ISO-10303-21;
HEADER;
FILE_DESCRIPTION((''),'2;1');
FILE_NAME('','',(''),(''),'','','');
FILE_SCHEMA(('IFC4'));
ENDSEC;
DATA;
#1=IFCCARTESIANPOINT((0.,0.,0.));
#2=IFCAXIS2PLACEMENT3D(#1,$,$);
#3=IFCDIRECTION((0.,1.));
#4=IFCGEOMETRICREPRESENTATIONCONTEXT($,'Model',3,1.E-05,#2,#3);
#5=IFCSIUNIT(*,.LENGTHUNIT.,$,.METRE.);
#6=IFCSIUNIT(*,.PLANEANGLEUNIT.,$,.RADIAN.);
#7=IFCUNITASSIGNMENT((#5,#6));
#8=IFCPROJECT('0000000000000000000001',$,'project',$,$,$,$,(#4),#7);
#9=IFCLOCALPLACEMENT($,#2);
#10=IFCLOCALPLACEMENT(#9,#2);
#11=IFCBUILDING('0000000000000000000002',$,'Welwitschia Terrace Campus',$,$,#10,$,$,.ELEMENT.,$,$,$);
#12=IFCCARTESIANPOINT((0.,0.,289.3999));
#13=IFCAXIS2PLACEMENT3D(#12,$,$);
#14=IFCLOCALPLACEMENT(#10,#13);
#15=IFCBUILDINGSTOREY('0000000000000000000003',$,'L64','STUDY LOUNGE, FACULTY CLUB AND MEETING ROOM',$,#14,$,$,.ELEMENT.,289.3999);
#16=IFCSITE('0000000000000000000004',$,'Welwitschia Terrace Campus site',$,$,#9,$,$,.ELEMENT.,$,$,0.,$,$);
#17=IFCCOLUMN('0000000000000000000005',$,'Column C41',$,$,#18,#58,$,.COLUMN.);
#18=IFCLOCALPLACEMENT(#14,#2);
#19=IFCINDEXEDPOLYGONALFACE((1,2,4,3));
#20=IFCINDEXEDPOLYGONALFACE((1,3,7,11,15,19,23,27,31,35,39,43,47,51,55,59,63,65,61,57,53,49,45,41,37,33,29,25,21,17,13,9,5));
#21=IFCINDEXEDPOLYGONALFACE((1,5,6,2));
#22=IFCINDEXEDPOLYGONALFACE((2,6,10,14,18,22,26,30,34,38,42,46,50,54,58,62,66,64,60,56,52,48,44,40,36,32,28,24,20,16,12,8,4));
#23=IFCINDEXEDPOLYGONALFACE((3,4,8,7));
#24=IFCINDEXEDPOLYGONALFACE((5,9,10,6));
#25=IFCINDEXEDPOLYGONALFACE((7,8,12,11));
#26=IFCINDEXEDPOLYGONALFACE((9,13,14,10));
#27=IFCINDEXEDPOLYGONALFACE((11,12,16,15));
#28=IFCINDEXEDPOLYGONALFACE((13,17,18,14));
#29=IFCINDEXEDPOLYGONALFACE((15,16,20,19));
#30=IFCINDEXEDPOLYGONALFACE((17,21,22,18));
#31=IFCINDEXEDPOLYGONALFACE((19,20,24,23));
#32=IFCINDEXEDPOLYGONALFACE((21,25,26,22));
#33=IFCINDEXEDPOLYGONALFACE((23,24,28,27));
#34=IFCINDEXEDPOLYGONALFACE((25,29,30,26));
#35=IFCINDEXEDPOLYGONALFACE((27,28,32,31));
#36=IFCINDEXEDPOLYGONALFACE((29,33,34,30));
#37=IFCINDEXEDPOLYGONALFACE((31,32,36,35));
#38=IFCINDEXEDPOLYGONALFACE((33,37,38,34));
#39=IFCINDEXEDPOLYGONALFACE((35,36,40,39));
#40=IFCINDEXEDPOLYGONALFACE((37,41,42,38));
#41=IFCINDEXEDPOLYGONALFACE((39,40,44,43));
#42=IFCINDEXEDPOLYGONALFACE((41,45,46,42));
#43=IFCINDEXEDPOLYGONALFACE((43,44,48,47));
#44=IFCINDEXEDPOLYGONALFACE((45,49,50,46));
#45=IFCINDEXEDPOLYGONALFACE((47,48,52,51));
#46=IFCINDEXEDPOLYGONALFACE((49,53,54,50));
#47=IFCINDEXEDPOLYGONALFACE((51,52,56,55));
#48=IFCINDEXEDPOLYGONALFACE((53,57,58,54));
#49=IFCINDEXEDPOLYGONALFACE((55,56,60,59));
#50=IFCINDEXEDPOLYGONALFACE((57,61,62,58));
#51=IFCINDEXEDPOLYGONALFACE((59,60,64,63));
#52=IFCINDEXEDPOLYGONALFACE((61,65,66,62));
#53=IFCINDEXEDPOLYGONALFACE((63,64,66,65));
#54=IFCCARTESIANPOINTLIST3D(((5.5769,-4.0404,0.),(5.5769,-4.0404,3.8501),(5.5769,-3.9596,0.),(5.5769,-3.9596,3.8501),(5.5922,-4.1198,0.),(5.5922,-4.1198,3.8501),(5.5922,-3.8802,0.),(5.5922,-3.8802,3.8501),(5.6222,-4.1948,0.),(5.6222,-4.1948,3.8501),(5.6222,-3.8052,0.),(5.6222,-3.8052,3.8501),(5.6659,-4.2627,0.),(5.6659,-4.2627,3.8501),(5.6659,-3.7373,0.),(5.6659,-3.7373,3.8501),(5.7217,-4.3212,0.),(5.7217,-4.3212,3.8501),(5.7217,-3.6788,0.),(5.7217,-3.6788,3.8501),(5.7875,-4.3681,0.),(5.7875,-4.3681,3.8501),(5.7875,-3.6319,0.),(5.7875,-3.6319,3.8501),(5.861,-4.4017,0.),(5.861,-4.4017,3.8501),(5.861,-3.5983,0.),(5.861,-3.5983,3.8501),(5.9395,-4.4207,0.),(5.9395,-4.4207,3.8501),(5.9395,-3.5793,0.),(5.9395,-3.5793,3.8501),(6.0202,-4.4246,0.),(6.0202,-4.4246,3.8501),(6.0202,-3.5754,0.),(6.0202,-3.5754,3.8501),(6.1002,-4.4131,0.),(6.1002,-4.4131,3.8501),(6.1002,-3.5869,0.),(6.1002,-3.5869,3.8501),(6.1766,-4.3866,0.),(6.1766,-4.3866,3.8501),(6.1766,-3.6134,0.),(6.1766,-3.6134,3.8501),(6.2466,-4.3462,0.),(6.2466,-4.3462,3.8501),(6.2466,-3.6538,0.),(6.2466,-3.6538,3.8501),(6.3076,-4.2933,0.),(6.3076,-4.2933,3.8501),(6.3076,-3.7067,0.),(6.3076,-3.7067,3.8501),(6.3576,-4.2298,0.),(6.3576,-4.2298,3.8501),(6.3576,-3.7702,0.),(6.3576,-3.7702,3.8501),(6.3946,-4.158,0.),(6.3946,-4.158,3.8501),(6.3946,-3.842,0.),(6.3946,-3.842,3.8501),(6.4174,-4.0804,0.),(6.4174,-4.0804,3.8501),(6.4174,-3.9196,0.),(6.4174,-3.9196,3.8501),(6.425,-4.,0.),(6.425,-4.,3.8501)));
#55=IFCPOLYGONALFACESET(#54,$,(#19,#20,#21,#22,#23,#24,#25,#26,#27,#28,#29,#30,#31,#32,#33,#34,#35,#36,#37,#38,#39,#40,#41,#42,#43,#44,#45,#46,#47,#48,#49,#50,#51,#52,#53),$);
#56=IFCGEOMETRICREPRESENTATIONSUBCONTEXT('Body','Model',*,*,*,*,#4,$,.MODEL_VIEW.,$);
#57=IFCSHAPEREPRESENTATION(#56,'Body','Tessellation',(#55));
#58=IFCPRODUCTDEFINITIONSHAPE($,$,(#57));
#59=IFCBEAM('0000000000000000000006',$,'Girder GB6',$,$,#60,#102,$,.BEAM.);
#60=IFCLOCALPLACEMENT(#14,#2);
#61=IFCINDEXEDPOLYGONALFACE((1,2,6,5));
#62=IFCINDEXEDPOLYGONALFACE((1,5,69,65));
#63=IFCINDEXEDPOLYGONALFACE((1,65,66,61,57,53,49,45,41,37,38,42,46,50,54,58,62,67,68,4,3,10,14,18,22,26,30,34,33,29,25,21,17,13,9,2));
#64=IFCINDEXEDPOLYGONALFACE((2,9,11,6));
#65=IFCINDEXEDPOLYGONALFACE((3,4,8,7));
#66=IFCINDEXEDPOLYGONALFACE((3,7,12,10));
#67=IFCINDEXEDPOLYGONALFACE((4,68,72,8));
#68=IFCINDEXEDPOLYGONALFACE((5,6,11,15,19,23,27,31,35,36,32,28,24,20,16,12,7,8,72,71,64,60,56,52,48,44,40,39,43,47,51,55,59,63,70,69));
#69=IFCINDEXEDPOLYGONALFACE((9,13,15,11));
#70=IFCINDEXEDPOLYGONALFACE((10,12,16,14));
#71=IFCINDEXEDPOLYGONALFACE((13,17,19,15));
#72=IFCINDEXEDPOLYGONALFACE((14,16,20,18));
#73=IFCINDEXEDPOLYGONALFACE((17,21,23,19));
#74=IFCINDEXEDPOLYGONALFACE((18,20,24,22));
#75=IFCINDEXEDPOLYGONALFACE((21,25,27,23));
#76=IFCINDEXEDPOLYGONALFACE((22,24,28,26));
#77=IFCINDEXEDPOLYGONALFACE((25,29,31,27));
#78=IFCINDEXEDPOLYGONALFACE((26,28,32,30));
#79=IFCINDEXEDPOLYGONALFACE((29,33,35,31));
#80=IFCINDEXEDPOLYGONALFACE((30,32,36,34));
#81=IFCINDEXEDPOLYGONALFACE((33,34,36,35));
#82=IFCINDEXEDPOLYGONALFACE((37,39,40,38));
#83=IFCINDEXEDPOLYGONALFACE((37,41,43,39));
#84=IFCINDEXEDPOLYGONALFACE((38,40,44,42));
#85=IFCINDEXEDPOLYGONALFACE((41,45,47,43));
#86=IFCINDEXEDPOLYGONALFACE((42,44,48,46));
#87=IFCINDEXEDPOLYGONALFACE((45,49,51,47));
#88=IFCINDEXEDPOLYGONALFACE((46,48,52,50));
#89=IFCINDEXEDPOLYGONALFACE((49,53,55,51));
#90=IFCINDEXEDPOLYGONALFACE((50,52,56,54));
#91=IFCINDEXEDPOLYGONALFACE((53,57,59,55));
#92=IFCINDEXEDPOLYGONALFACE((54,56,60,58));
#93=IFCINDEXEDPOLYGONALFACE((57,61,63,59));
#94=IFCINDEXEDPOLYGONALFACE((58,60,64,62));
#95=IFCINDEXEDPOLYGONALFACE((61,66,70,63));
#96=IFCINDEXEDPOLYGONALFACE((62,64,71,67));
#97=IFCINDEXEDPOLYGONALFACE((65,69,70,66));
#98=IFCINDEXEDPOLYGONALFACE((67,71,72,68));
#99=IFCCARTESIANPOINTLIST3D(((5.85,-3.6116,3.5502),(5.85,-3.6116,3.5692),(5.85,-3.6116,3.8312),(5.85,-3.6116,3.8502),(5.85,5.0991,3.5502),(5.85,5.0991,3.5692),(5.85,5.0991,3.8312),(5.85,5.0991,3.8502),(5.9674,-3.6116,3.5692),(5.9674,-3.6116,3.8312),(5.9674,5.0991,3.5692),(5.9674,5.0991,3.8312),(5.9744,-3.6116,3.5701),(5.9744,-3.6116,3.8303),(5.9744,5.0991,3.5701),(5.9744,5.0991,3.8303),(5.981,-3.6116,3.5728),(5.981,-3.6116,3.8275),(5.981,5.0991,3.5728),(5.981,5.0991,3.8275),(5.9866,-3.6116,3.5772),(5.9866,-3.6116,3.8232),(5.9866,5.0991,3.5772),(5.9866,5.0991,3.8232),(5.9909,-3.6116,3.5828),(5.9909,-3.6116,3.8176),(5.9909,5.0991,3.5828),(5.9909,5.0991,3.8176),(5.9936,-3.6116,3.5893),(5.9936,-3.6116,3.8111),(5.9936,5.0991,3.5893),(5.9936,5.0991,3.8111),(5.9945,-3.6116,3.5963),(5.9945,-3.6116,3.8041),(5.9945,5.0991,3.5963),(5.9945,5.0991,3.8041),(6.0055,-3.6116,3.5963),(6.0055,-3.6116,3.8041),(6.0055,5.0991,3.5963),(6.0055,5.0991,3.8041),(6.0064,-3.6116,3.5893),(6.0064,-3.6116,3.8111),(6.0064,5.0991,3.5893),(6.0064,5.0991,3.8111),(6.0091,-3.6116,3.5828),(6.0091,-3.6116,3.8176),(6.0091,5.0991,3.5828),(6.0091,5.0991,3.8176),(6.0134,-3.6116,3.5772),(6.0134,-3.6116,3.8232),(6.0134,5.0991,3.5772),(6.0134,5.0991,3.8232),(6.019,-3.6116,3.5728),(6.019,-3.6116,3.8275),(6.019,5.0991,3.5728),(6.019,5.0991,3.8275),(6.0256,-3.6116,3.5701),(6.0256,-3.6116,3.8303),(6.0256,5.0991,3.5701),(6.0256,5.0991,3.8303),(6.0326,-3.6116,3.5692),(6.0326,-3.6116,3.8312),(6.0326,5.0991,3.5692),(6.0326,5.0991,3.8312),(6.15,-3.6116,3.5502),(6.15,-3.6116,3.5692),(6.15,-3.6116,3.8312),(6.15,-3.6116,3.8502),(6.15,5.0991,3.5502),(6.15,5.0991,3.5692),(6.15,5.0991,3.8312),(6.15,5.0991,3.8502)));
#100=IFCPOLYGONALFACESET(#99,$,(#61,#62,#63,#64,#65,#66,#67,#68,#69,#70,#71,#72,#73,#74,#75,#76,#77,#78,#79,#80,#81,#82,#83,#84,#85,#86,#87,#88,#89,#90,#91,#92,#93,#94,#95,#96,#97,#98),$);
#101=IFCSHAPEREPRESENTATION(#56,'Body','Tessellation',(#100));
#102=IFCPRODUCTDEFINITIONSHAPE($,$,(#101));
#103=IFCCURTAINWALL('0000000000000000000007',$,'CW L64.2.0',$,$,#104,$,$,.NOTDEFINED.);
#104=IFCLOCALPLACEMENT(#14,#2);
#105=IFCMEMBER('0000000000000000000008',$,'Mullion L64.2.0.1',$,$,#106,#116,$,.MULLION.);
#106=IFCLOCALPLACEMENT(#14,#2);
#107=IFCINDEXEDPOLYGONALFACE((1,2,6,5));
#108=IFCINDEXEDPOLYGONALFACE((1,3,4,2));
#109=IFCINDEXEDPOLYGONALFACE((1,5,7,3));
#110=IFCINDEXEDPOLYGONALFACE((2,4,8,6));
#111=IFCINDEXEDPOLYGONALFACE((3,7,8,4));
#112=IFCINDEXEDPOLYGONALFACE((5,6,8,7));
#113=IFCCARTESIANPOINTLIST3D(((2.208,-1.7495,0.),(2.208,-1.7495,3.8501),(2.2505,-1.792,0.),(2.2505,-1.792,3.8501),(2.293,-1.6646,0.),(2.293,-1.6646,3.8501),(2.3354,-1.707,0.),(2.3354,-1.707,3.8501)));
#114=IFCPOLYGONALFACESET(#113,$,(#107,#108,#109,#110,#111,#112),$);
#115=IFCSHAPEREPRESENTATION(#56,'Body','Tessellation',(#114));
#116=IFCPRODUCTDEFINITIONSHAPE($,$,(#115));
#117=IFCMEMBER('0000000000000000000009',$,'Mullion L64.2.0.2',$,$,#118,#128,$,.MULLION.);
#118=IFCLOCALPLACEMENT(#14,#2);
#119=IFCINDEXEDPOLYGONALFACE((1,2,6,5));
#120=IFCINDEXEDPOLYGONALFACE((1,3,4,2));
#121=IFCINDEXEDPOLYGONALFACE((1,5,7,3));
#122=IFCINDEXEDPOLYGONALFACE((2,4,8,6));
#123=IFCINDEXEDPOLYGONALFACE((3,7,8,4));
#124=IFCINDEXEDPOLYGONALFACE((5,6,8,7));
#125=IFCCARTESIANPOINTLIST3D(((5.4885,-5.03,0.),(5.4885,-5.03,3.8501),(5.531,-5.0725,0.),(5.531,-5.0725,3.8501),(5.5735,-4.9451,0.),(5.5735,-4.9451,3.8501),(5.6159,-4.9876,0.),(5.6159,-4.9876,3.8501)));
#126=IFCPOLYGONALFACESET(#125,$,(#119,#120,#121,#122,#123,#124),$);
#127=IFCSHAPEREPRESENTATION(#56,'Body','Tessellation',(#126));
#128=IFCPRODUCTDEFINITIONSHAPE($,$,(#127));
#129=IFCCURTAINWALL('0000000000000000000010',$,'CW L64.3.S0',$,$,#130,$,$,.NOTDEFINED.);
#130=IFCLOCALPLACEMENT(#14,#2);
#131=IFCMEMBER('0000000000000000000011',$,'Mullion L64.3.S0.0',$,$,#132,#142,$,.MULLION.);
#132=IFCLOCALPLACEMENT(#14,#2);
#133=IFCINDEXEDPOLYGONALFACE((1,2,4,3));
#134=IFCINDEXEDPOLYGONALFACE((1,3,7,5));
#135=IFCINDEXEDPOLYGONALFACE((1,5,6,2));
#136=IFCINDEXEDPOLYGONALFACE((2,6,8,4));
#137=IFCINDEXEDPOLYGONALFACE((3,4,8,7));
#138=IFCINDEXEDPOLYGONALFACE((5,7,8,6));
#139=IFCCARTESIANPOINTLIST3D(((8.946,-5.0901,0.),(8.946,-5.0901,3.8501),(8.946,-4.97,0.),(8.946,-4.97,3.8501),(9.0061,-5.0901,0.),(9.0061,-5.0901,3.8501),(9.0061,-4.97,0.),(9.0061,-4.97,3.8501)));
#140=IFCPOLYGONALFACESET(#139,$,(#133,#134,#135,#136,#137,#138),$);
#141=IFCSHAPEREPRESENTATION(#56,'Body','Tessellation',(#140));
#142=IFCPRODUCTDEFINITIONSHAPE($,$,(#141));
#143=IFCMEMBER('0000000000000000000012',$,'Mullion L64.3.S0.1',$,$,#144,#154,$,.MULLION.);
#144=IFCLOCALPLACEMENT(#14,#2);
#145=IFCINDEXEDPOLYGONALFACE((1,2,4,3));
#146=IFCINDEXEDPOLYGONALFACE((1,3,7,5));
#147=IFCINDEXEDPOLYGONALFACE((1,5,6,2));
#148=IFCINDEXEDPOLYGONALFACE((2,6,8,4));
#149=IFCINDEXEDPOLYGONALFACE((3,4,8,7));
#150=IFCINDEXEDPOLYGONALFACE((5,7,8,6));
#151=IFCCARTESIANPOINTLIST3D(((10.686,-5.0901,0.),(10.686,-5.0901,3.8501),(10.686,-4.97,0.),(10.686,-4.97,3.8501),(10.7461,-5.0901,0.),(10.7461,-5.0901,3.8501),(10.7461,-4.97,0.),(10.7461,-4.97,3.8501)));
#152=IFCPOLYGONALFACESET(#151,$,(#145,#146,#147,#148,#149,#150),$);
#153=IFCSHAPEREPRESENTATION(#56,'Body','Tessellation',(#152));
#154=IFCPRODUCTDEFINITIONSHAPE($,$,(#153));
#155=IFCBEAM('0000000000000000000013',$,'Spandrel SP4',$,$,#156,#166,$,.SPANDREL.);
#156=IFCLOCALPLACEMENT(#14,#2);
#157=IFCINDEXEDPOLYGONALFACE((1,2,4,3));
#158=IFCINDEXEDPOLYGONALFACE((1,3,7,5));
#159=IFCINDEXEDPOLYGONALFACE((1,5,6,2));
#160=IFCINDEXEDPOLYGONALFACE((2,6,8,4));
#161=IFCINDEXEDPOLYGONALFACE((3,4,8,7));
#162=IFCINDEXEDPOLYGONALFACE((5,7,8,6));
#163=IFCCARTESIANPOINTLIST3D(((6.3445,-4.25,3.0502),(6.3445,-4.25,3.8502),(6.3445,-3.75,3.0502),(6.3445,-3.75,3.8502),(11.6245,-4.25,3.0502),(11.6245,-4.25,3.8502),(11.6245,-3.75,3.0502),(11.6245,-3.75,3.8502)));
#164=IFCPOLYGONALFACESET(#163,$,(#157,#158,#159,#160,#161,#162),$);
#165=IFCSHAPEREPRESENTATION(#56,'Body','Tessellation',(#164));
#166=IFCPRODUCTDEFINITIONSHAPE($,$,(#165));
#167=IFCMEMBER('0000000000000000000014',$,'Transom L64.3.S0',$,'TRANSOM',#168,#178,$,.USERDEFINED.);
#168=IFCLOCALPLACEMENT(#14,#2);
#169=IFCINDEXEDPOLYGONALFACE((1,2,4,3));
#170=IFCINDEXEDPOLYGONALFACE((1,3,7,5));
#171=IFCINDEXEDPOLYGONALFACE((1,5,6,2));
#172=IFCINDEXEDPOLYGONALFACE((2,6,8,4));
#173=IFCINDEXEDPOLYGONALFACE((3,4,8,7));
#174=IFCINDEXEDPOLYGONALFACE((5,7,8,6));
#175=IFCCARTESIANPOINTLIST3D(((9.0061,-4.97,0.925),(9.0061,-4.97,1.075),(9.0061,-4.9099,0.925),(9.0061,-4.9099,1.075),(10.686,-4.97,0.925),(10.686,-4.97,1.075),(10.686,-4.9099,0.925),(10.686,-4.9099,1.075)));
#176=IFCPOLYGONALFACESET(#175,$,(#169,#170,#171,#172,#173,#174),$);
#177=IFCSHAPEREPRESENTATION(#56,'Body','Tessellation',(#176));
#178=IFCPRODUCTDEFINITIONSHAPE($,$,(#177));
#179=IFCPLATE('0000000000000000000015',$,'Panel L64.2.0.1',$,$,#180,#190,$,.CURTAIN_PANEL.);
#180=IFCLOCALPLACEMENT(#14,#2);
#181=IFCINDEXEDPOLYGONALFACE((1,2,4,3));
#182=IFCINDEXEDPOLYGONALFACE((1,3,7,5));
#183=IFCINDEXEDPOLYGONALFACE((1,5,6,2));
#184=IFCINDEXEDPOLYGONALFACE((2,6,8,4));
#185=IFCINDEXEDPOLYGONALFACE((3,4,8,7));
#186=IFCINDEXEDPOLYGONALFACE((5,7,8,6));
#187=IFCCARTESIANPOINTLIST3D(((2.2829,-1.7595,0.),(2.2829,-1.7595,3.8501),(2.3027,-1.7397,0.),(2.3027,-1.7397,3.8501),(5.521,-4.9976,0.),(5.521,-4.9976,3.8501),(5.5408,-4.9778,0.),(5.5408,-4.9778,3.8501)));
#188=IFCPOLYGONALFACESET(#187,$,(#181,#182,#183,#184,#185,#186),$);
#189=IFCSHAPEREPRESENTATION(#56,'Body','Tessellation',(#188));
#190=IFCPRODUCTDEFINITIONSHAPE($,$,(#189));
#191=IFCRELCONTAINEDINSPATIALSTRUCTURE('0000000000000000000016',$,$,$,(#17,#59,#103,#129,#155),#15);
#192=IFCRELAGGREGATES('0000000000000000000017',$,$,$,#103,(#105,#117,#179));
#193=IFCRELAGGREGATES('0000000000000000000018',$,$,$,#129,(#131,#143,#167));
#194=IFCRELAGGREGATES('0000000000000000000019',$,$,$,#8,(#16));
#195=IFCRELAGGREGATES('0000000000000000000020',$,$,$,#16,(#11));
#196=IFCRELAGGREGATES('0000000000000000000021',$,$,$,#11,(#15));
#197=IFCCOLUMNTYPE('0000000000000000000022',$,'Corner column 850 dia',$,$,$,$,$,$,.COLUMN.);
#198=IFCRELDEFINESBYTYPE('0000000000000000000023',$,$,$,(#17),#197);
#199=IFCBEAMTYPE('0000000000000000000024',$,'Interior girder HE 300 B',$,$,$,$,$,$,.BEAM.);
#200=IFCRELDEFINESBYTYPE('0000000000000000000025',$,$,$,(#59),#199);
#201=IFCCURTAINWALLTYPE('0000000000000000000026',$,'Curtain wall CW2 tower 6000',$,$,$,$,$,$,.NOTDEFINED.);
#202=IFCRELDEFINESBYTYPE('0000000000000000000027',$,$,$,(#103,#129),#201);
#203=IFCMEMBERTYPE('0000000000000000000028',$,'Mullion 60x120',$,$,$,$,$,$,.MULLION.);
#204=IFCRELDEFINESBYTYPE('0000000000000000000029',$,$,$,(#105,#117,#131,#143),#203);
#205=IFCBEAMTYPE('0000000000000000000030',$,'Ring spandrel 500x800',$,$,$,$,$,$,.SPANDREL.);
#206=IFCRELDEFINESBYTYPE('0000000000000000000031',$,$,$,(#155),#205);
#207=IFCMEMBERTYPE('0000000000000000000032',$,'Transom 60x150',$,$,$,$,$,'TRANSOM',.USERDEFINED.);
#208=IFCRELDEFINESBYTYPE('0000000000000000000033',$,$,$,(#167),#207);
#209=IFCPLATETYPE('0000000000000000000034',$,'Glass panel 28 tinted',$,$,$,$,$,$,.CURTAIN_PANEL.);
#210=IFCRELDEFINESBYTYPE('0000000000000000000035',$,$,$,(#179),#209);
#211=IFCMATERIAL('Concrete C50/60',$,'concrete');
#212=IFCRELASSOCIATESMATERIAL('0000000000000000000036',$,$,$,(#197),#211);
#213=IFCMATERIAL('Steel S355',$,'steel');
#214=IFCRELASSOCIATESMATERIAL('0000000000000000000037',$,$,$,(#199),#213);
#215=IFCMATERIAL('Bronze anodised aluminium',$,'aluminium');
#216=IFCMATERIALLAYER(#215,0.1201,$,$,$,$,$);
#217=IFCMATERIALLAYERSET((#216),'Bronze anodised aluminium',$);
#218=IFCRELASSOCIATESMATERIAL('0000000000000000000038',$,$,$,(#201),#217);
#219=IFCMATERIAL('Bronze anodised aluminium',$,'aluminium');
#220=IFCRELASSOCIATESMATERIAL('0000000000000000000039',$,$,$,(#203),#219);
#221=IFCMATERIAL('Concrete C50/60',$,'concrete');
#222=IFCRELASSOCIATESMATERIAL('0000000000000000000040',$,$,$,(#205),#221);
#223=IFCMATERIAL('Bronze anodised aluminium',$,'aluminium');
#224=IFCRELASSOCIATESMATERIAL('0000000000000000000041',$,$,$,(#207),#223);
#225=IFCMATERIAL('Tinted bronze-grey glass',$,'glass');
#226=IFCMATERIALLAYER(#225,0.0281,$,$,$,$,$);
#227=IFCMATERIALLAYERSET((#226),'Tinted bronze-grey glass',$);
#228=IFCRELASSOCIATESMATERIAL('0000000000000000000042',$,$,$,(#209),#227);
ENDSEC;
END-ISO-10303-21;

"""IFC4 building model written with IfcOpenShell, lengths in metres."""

from ifc_helpers import new_model, si_unit, direction, frame, origin, origin_2d, place, context, subcontext, project, spatial, rectangle, circle, i_section, extrude, material, layer, layer_set, material_profile, profile_set, type_object, element, aggregate, save


model = new_model("IFC4")

# Units and contexts
model_context = context("Model", 3, precision=1e-05, world=origin(), true_north=direction((0.0, 1.0)))
body_context = subcontext(model_context, "Body", "Model", "MODEL_VIEW")
ifc_project = project(units=[si_unit("LENGTHUNIT", "METRE"), si_unit("PLANEANGLEUNIT", "RADIAN")], contexts=[model_context])

# Site, building, storey
site_placement = place(None, origin())
site = spatial("IfcSite", under=ifc_project, at=site_placement, Name="Welwitschia Terrace Campus site", CompositionType="ELEMENT", RefElevation=0.0)
building_placement = place(site_placement, origin())
building = spatial("IfcBuilding", under=site, at=building_placement, Name="Welwitschia Terrace Campus", CompositionType="ELEMENT")
storey_placement = place(building_placement, frame((0.0, 0.0, 289.3999)))
storey = spatial("IfcBuildingStorey", under=building, at=storey_placement, Name="L64", Description="STUDY LOUNGE, FACULTY CLUB AND MEETING ROOM", CompositionType="ELEMENT", Elevation=289.3999)

# Column
ifc_material_1 = material(Name="Concrete C50/60", Category="concrete")
ifc_material_profile_1 = material_profile(ifc_material_1, circle(Radius=0.425, at=origin_2d()))
ifc_profile_set_1 = profile_set([ifc_material_profile_1], Name="Concrete C50/60")
column_type = type_object("IfcColumnType", Name="Corner column 850 dia", PredefinedType="COLUMN", material=ifc_profile_set_1)
column_placement = place(storey_placement, frame((6.0, -4.0, 0.0), z_axis=(0.0, 0.0, 1.0), x_axis=(1.0, 0.0, 0.0)))
element("IfcColumn", 1, at=column_placement, inside=storey, type_object=column_type, Name="Column C41", PredefinedType="COLUMN", context=body_context, shape_type="SweptSolid", body=[
    extrude(circle(Radius=0.425, at=origin_2d()), origin(), (0.0, 0.0, 1.0), 3.8501),
])

# Beam
ifc_material_2 = material(Name="Steel S355", Category="steel")
ifc_material_profile_2 = material_profile(ifc_material_2, i_section(OverallWidth=0.3, OverallDepth=0.3, WebThickness=0.011, FlangeThickness=0.019, FilletRadius=0.0271, at=origin_2d()))
ifc_profile_set_2 = profile_set([ifc_material_profile_2], Name="Steel S355")
beam_type_1 = type_object("IfcBeamType", Name="Interior girder HE 300 B", PredefinedType="BEAM", material=ifc_profile_set_2)
beam_1_placement = place(storey_placement, frame((6.0, -3.6116, 3.7002), z_axis=(0.0, 1.0, 0.0), x_axis=(-1.0, 0.0, 0.0)))
element("IfcBeam", 2, at=beam_1_placement, inside=storey, type_object=beam_type_1, Name="Girder GB6", PredefinedType="BEAM", context=body_context, shape_type="SweptSolid", body=[
    extrude(i_section(OverallWidth=0.3, OverallDepth=0.3, WebThickness=0.011, FlangeThickness=0.019, FilletRadius=0.0271, at=origin_2d()), origin(), (0.0, 0.0, 1.0), 8.7107),
])

# Curtain walls, members
ifc_material_3 = material(Name="Bronze anodised aluminium", Category="aluminium")
ifc_layer_1 = layer(ifc_material_3, 0.1201)
ifc_layer_set_1 = layer_set([ifc_layer_1], Name="Bronze anodised aluminium")
curtain_wall_type = type_object("IfcCurtainWallType", Name="Curtain wall CW2 tower 6000", PredefinedType="NOTDEFINED", material=ifc_layer_set_1)
curtain_wall_1_placement = place(storey_placement, origin())
curtain_wall_1 = element("IfcCurtainWall", 3, at=curtain_wall_1_placement, inside=storey, type_object=curtain_wall_type, Name="CW L64.2.0", PredefinedType="NOTDEFINED")
ifc_material_4 = material(Name="Bronze anodised aluminium", Category="aluminium")
ifc_material_profile_3 = material_profile(ifc_material_4, rectangle(XDim=0.1201, YDim=0.0601, at=origin_2d()))
ifc_profile_set_3 = profile_set([ifc_material_profile_3], Name="Bronze anodised aluminium")
member_type_1 = type_object("IfcMemberType", Name="Mullion 60x120", PredefinedType="MULLION", material=ifc_profile_set_3)
member_1_placement = place(storey_placement, frame((2.2717, -1.7283, 0.0), z_axis=(0.0, 0.0, 1.0), x_axis=(0.707107, 0.707107, 0.0)))
member_1 = element("IfcMember", 4, at=member_1_placement, type_object=member_type_1, Name="Mullion L64.2.0.1", PredefinedType="MULLION", context=body_context, shape_type="SweptSolid", body=[
    extrude(rectangle(XDim=0.1201, YDim=0.0601, at=origin_2d()), origin(), (0.0, 0.0, 1.0), 3.8501),
])
member_2_placement = place(storey_placement, frame((5.5522, -5.0088, 0.0), z_axis=(0.0, 0.0, 1.0), x_axis=(0.707107, 0.707107, 0.0)))
member_2 = element("IfcMember", 5, at=member_2_placement, type_object=member_type_1, Name="Mullion L64.2.0.2", PredefinedType="MULLION", context=body_context, shape_type="SweptSolid", body=[
    extrude(rectangle(XDim=0.1201, YDim=0.0601, at=origin_2d()), origin(), (0.0, 0.0, 1.0), 3.8501),
])
curtain_wall_2_placement = place(storey_placement, origin())
curtain_wall_2 = element("IfcCurtainWall", 6, at=curtain_wall_2_placement, inside=storey, type_object=curtain_wall_type, Name="CW L64.3.S0", PredefinedType="NOTDEFINED")
member_3_placement = place(storey_placement, frame((8.9761, -5.03, 0.0), z_axis=(0.0, 0.0, 1.0), x_axis=(0.0, 1.0, 0.0)))
member_3 = element("IfcMember", 7, at=member_3_placement, type_object=member_type_1, Name="Mullion L64.3.S0.0", PredefinedType="MULLION", context=body_context, shape_type="SweptSolid", body=[
    extrude(rectangle(XDim=0.1201, YDim=0.0601, at=origin_2d()), origin(), (0.0, 0.0, 1.0), 3.8501),
])
member_4_placement = place(storey_placement, frame((10.7161, -5.03, 0.0), z_axis=(0.0, 0.0, 1.0), x_axis=(0.0, 1.0, 0.0)))
member_4 = element("IfcMember", 8, at=member_4_placement, type_object=member_type_1, Name="Mullion L64.3.S0.1", PredefinedType="MULLION", context=body_context, shape_type="SweptSolid", body=[
    extrude(rectangle(XDim=0.1201, YDim=0.0601, at=origin_2d()), origin(), (0.0, 0.0, 1.0), 3.8501),
])

# Beam
ifc_material_5 = material(Name="Concrete C50/60", Category="concrete")
ifc_material_profile_4 = material_profile(ifc_material_5, rectangle(XDim=0.5, YDim=0.8, at=origin_2d()))
ifc_profile_set_4 = profile_set([ifc_material_profile_4], Name="Concrete C50/60")
beam_type_2 = type_object("IfcBeamType", Name="Ring spandrel 500x800", PredefinedType="SPANDREL", material=ifc_profile_set_4)
beam_2_placement = place(storey_placement, frame((6.3445, -4.0, 3.4502), z_axis=(1.0, 0.0, 0.0), x_axis=(0.0, 1.0, 0.0)))
element("IfcBeam", 9, at=beam_2_placement, inside=storey, type_object=beam_type_2, Name="Spandrel SP4", PredefinedType="SPANDREL", context=body_context, shape_type="SweptSolid", body=[
    extrude(rectangle(XDim=0.5, YDim=0.8, at=origin_2d()), origin(), (0.0, 0.0, 1.0), 5.28),
])

# Member
ifc_material_6 = material(Name="Bronze anodised aluminium", Category="aluminium")
ifc_material_profile_5 = material_profile(ifc_material_6, rectangle(XDim=0.0601, YDim=0.1499, at=origin_2d()))
ifc_profile_set_5 = profile_set([ifc_material_profile_5], Name="Bronze anodised aluminium")
member_type_2 = type_object("IfcMemberType", Name="Transom 60x150", ElementType="TRANSOM", PredefinedType="USERDEFINED", material=ifc_profile_set_5)
member_5_placement = place(storey_placement, frame((9.0061, -4.9399, 1.0), z_axis=(1.0, 0.0, 0.0), x_axis=(0.0, 1.0, 0.0)))
member_5 = element("IfcMember", 10, at=member_5_placement, type_object=member_type_2, Name="Transom L64.3.S0", ObjectType="TRANSOM", PredefinedType="USERDEFINED", context=body_context, shape_type="SweptSolid", body=[
    extrude(rectangle(XDim=0.0601, YDim=0.1499, at=origin_2d()), origin(), (0.0, 0.0, 1.0), 1.6799),
])

# Plate
ifc_material_7 = material(Name="Tinted bronze-grey glass", Category="glass")
ifc_layer_2 = layer(ifc_material_7, 0.0281)
ifc_layer_set_2 = layer_set([ifc_layer_2], Name="Tinted bronze-grey glass")
plate_type = type_object("IfcPlateType", Name="Glass panel 28 tinted", PredefinedType="CURTAIN_PANEL", material=ifc_layer_set_2)
plate_1_placement = place(storey_placement, frame((3.9119, -3.3687, 0.0), z_axis=(0.0, 0.0, 1.0), x_axis=(0.707107, -0.707107, 0.0)))
plate_1 = element("IfcPlate", 11, at=plate_1_placement, type_object=plate_type, Name="Panel L64.2.0.1", PredefinedType="CURTAIN_PANEL", context=body_context, shape_type="SweptSolid", body=[
    extrude(rectangle(XDim=4.5793, YDim=0.0281, at=origin_2d()), origin(), (0.0, 0.0, 1.0), 3.8501),
])
aggregate(curtain_wall_1, [member_1, member_2, plate_1])
aggregate(curtain_wall_2, [member_3, member_4, member_5])

save(model, "model.ifc")
